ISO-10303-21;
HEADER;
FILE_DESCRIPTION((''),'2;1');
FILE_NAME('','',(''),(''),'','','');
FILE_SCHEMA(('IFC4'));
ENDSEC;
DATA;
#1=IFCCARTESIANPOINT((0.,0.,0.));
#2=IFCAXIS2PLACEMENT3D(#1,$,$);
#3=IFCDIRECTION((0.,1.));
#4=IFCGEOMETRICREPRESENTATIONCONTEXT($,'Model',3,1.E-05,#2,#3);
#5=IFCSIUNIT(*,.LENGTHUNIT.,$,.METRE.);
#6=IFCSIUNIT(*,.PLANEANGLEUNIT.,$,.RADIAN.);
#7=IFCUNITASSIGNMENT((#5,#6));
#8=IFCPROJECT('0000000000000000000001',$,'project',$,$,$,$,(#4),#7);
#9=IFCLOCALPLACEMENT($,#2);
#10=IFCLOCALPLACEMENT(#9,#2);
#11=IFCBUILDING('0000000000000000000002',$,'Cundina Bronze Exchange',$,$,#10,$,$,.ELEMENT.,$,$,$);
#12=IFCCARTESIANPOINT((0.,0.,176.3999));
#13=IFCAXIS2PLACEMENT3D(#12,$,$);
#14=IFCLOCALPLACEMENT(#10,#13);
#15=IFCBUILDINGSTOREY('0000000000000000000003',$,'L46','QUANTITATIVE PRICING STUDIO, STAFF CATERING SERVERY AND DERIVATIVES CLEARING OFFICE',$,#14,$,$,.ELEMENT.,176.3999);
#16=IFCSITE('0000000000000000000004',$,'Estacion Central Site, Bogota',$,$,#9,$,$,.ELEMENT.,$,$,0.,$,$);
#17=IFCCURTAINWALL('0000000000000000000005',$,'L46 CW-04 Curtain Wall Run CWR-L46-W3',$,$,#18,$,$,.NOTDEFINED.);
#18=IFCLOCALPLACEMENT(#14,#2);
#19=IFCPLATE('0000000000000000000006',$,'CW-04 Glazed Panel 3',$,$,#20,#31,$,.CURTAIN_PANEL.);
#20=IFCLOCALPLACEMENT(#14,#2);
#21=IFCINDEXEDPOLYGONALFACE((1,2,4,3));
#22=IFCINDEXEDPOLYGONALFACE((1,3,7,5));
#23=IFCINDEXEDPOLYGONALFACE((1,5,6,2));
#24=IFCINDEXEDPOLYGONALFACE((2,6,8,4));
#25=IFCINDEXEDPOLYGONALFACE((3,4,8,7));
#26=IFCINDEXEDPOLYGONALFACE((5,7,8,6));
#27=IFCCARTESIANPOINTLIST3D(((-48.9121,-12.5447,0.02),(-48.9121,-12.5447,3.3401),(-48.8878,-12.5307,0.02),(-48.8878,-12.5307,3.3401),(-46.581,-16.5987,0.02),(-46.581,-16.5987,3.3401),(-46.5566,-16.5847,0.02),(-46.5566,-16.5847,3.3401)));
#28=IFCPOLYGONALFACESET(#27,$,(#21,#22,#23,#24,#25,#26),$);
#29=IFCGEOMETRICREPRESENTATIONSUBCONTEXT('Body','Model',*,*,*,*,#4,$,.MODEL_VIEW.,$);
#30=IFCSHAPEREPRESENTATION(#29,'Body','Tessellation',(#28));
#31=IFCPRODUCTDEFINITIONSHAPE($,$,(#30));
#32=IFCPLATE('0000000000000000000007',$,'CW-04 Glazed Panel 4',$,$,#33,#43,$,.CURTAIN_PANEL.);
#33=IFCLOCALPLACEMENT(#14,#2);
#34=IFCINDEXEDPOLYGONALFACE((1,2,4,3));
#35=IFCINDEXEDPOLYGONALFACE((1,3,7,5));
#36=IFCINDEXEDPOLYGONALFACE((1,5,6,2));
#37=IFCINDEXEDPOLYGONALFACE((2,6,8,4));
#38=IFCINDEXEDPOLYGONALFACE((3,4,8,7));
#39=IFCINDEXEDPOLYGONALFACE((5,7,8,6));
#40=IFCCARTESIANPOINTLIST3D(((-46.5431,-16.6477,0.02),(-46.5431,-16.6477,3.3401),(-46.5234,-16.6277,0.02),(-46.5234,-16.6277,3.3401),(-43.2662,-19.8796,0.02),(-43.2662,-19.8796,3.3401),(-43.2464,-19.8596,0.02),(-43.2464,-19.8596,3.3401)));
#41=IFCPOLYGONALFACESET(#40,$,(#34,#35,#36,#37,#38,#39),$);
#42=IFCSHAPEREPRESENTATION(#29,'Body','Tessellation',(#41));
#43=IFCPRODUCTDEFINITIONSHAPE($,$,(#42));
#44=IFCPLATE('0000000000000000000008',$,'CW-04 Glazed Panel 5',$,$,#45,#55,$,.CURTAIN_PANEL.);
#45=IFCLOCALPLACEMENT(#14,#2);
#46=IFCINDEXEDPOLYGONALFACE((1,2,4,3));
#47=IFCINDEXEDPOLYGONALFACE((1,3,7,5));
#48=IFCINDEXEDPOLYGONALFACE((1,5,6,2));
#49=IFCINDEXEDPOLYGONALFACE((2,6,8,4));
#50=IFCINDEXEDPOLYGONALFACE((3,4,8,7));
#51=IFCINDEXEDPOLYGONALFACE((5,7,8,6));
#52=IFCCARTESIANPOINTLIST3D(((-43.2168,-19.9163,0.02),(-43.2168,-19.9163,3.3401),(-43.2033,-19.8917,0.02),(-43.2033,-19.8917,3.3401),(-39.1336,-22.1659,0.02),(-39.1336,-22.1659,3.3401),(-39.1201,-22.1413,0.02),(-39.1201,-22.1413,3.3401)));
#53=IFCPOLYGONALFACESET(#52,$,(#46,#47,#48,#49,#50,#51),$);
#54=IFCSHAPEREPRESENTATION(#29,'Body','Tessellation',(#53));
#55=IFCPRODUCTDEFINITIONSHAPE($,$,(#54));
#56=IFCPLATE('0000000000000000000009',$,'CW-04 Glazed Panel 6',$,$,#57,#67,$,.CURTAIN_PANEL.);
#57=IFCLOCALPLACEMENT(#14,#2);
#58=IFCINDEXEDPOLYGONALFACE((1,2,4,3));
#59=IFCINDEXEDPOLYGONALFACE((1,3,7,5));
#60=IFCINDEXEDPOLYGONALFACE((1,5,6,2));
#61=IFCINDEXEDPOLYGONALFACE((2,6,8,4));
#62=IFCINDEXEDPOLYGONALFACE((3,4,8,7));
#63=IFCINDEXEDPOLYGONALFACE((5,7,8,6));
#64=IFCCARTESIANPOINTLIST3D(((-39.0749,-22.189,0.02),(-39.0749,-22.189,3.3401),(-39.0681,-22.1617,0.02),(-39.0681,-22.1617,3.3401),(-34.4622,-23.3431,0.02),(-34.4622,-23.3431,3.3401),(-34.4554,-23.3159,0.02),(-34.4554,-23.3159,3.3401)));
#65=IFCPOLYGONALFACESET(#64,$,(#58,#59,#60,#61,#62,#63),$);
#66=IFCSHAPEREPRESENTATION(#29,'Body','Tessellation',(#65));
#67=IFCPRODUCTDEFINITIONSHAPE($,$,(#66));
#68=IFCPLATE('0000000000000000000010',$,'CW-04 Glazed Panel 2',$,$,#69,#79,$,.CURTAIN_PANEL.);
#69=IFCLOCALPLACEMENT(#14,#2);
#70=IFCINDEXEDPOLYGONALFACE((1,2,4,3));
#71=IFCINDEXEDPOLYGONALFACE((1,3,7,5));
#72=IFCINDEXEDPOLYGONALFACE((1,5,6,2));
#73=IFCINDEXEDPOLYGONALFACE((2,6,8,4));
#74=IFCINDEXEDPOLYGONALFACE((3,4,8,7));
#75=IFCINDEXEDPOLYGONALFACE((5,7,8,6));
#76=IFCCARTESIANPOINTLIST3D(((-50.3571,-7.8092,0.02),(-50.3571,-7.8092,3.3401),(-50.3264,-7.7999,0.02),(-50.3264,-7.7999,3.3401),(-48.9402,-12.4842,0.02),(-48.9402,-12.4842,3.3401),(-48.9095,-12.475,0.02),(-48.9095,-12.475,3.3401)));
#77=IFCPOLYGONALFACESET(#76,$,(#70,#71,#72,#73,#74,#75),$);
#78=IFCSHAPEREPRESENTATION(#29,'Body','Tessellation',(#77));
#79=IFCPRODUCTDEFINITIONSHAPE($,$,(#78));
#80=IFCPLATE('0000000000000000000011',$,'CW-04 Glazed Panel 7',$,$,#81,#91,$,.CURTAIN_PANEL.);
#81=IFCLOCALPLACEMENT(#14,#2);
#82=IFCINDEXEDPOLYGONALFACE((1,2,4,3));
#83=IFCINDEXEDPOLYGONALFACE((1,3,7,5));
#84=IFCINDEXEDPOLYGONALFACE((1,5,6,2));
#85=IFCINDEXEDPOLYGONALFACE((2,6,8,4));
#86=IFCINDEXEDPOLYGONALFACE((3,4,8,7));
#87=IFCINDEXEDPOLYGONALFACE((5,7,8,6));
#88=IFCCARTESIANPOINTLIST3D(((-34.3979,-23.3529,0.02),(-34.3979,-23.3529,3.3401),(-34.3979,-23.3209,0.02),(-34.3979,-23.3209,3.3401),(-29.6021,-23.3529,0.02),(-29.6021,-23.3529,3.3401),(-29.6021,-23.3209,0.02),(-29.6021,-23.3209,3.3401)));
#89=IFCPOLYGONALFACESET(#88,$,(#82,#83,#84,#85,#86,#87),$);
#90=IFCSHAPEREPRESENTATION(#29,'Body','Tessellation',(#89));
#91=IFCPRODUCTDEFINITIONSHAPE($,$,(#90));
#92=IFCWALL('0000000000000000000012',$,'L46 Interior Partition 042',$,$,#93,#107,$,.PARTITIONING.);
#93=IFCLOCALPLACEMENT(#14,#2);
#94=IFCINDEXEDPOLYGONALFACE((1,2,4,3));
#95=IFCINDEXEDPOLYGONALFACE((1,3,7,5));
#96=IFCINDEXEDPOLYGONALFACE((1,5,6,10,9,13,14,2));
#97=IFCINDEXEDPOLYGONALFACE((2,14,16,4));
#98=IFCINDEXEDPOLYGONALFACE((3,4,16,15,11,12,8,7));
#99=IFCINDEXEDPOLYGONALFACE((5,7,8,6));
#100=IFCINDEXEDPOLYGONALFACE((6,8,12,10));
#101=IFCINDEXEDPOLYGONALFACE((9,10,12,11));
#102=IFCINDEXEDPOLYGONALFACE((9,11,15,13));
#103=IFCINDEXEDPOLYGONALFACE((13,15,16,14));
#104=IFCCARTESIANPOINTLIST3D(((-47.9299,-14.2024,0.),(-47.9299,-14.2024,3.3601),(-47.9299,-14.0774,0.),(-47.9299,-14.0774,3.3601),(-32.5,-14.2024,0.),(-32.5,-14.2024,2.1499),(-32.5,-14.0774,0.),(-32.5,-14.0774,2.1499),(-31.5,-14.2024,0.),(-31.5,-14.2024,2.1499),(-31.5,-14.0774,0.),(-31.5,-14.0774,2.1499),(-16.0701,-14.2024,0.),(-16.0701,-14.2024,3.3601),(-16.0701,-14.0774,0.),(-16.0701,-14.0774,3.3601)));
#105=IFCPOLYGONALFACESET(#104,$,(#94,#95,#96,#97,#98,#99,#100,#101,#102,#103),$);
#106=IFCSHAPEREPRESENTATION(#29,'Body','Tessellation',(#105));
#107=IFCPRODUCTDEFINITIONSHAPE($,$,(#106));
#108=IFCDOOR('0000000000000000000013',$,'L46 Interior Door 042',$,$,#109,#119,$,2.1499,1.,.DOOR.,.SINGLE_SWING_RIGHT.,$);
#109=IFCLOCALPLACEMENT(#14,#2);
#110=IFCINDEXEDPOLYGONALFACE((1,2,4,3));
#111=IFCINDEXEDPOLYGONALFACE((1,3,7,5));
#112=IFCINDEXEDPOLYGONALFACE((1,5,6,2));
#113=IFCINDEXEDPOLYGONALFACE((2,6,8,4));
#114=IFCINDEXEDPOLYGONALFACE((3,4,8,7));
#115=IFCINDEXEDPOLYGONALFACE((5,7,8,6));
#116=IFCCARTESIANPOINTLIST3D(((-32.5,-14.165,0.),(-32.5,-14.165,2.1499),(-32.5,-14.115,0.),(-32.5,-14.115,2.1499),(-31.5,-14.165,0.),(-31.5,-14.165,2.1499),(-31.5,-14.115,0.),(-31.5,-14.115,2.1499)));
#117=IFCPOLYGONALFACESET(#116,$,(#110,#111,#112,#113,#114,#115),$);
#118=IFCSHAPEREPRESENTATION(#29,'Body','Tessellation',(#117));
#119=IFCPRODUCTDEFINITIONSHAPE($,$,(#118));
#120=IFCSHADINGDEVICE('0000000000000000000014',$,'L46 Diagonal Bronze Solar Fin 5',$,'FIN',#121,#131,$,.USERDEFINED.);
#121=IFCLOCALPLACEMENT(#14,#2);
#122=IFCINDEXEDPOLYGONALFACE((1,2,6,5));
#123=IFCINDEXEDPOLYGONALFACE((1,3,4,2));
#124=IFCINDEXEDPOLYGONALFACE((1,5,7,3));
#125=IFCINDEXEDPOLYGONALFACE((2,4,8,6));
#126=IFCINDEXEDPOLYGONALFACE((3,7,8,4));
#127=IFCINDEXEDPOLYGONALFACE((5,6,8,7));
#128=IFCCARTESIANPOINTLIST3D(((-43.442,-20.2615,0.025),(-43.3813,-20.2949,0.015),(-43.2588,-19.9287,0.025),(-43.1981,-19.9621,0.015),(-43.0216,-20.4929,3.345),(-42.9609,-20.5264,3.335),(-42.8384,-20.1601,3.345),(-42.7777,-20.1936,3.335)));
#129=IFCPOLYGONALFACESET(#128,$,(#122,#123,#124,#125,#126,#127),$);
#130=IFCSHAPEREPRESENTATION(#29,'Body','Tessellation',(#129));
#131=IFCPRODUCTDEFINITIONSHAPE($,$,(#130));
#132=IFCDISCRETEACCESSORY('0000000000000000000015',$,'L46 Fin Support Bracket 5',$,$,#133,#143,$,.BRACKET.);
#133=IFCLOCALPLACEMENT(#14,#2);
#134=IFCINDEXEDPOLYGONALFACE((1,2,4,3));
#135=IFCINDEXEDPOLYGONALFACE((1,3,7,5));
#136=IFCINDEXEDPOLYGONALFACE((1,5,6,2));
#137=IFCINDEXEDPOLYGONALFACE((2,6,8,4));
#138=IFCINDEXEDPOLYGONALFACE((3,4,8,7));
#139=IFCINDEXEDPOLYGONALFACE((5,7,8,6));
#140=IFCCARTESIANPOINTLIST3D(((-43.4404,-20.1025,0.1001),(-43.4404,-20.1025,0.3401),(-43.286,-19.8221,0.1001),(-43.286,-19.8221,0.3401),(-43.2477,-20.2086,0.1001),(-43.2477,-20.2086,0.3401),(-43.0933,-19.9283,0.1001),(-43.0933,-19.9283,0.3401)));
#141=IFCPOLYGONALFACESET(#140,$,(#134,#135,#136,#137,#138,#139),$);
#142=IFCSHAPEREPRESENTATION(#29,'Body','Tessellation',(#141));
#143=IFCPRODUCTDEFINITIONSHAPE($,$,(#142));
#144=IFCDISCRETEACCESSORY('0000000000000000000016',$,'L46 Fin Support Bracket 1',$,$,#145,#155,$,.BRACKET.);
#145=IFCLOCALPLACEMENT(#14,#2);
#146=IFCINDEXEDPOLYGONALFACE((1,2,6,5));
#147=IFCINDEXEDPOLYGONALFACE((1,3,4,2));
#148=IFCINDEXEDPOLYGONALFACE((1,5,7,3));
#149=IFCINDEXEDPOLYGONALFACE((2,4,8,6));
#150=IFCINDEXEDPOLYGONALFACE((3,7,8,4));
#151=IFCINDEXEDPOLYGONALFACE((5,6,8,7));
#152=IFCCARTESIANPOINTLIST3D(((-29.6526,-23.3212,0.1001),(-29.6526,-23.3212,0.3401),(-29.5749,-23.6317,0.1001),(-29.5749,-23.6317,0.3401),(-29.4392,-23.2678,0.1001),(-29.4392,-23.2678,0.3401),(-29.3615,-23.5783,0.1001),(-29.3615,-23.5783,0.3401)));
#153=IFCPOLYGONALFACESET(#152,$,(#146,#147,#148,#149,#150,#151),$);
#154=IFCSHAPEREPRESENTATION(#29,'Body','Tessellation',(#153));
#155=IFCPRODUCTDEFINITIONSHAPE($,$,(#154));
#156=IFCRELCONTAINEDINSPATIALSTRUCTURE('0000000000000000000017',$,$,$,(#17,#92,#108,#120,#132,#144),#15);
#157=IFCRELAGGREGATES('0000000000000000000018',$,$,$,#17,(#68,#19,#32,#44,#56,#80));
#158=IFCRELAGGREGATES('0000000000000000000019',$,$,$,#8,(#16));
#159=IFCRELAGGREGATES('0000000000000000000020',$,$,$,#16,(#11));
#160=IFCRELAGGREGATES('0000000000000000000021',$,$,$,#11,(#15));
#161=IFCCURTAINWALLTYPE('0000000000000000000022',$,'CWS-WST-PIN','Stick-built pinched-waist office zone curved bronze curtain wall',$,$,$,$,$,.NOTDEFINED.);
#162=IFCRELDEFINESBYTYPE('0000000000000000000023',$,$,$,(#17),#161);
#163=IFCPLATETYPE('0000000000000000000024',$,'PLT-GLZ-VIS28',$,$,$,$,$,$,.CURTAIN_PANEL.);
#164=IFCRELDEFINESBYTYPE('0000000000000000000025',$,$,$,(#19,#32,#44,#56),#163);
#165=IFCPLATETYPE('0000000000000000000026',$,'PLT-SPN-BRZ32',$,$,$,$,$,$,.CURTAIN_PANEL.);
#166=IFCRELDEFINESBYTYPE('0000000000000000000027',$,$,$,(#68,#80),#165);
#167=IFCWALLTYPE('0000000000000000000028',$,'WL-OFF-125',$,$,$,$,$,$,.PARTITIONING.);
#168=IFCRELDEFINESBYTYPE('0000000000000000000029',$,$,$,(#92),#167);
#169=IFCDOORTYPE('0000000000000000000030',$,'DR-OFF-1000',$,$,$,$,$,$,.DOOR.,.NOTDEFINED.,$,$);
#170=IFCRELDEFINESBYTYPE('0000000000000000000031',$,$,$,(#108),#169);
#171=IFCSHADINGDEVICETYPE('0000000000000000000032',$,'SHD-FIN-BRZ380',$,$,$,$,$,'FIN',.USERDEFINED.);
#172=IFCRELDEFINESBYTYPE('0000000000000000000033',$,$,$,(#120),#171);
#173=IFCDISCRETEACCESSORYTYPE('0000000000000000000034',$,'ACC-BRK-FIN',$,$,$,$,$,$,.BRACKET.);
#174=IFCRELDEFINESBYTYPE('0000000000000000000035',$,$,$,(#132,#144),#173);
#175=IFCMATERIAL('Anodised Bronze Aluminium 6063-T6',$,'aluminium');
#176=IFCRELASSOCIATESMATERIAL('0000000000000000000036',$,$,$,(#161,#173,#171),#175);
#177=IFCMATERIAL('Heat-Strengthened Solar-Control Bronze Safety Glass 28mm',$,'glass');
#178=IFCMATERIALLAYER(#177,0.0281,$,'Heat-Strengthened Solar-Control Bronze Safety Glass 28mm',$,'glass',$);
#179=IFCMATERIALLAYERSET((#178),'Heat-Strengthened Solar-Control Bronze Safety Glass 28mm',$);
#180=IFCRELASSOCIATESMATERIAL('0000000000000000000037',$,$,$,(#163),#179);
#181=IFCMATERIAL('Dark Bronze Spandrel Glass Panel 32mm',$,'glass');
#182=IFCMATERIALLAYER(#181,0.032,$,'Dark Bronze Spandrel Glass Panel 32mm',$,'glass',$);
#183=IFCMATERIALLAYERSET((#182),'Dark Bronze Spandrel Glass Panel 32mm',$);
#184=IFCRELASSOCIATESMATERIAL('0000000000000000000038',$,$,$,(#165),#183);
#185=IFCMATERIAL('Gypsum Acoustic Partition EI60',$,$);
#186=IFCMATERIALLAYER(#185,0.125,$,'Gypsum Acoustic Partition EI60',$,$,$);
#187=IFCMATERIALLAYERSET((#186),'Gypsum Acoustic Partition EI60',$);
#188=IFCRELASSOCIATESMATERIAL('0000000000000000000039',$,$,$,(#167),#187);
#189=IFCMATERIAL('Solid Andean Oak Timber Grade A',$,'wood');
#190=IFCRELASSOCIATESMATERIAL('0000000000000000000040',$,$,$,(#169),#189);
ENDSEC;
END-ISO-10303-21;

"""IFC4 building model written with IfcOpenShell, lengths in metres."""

from ifc_helpers import new_model, si_unit, direction, frame, frame_2d, origin, origin_2d, place, context, subcontext, project, spatial, rectangle, extrude, material, layer, layer_set, material_profile, profile_set, type_object, element, fill, aggregate, save


model = new_model("IFC4")

# Units and contexts
model_context = context("Model", 3, precision=1e-05, world=origin(), true_north=direction((0.0, 1.0)))
body_context = subcontext(model_context, "Body", "Model", "MODEL_VIEW")
ifc_project = project(units=[si_unit("LENGTHUNIT", "METRE"), si_unit("PLANEANGLEUNIT", "RADIAN")], contexts=[model_context])

# Site, building, storey
site_placement = place(None, origin())
site = spatial("IfcSite", under=ifc_project, at=site_placement, Name="Estacion Central Site, Bogota", CompositionType="ELEMENT", RefElevation=0.0)
building_placement = place(site_placement, origin())
building = spatial("IfcBuilding", under=site, at=building_placement, Name="Cundina Bronze Exchange", CompositionType="ELEMENT")
storey_placement = place(building_placement, frame((0.0, 0.0, 176.3999)))
storey = spatial("IfcBuildingStorey", under=building, at=storey_placement, Name="L46", Description="QUANTITATIVE PRICING STUDIO, STAFF CATERING SERVERY AND DERIVATIVES CLEARING OFFICE", CompositionType="ELEMENT", Elevation=176.3999)

# Curtain wall
ifc_material_1 = material(Name="Anodised Bronze Aluminium 6063-T6", Category="aluminium")
curtain_wall_type = type_object("IfcCurtainWallType", Name="CWS-WST-PIN", Description="Stick-built pinched-waist office zone curved bronze curtain wall", PredefinedType="NOTDEFINED", material=ifc_material_1)
curtain_wall_1_placement = place(storey_placement, origin())
curtain_wall_1 = element("IfcCurtainWall", 1, at=curtain_wall_1_placement, inside=storey, type_object=curtain_wall_type, Name="L46 CW-04 Curtain Wall Run CWR-L46-W3", PredefinedType="NOTDEFINED")

# Plates
ifc_material_2 = material(Name="Heat-Strengthened Solar-Control Bronze Safety Glass 28mm", Category="glass")
ifc_layer_1 = layer(ifc_material_2, 0.0281, Name="Heat-Strengthened Solar-Control Bronze Safety Glass 28mm", Category="glass")
ifc_layer_set_1 = layer_set([ifc_layer_1], Name="Heat-Strengthened Solar-Control Bronze Safety Glass 28mm")
plate_type_1 = type_object("IfcPlateType", Name="PLT-GLZ-VIS28", PredefinedType="CURTAIN_PANEL", material=ifc_layer_set_1)
plate_1_placement = place(storey_placement, frame((-47.7344, -14.5647, 0.02), z_axis=(0.0, 0.0, 1.0), x_axis=(0.498488, -0.866897, 0.0)))
plate_1 = element("IfcPlate", 2, at=plate_1_placement, type_object=plate_type_1, Name="CW-04 Glazed Panel 3", PredefinedType="CURTAIN_PANEL", context=body_context, shape_type="SweptSolid", body=[
    extrude(rectangle(XDim=4.6765, YDim=0.0281, at=origin_2d()), origin(), (0.0, 0.0, 1.0), 3.3201),
])
plate_2_placement = place(storey_placement, frame((-44.8948, -18.2537, 0.02), z_axis=(0.0, 0.0, 1.0), x_axis=(0.711989, -0.70219, 0.0)))
plate_2 = element("IfcPlate", 3, at=plate_2_placement, type_object=plate_type_1, Name="CW-04 Glazed Panel 4", PredefinedType="CURTAIN_PANEL", context=body_context, shape_type="SweptSolid", body=[
    extrude(rectangle(XDim=4.6025, YDim=0.0281, at=origin_2d()), origin(), (0.0, 0.0, 1.0), 3.3201),
])
plate_3_placement = place(storey_placement, frame((-41.1685, -21.0288, 0.02), z_axis=(0.0, 0.0, 1.0), x_axis=(0.875869, -0.482549, 0.0)))
plate_3 = element("IfcPlate", 4, at=plate_3_placement, type_object=plate_type_1, Name="CW-04 Glazed Panel 5", PredefinedType="CURTAIN_PANEL", context=body_context, shape_type="SweptSolid", body=[
    extrude(rectangle(XDim=4.6619, YDim=0.0281, at=origin_2d()), origin(), (0.0, 0.0, 1.0), 3.3201),
])
plate_4_placement = place(storey_placement, frame((-36.7651, -22.7524, 0.02), z_axis=(0.0, 0.0, 1.0), x_axis=(0.970093, -0.242735, 0.0)))
plate_4 = element("IfcPlate", 5, at=plate_4_placement, type_object=plate_type_1, Name="CW-04 Glazed Panel 6", PredefinedType="CURTAIN_PANEL", context=body_context, shape_type="SweptSolid", body=[
    extrude(rectangle(XDim=4.7549, YDim=0.0281, at=origin_2d()), origin(), (0.0, 0.0, 1.0), 3.3201),
])
ifc_material_3 = material(Name="Dark Bronze Spandrel Glass Panel 32mm", Category="glass")
ifc_layer_2 = layer(ifc_material_3, 0.032, Name="Dark Bronze Spandrel Glass Panel 32mm", Category="glass")
ifc_layer_set_2 = layer_set([ifc_layer_2], Name="Dark Bronze Spandrel Glass Panel 32mm")
plate_type_2 = type_object("IfcPlateType", Name="PLT-SPN-BRZ32", PredefinedType="CURTAIN_PANEL", material=ifc_layer_set_2)
plate_5_placement = place(storey_placement, frame((-49.6333, -10.1421, 0.02), z_axis=(0.0, 0.0, 1.0), x_axis=(0.290051, -0.957011, 0.0)))
plate_5 = element("IfcPlate", 6, at=plate_5_placement, type_object=plate_type_2, Name="CW-04 Glazed Panel 2", PredefinedType="CURTAIN_PANEL", context=body_context, shape_type="SweptSolid", body=[
    extrude(rectangle(XDim=4.885, YDim=0.032, at=origin_2d()), origin(), (0.0, 0.0, 1.0), 3.3201),
])
plate_6_placement = place(storey_placement, frame((-32.0, -23.3369, 0.02), z_axis=(0.0, 0.0, 1.0), x_axis=(1.0, 0.0, 0.0)))
plate_6 = element("IfcPlate", 7, at=plate_6_placement, type_object=plate_type_2, Name="CW-04 Glazed Panel 7", PredefinedType="CURTAIN_PANEL", context=body_context, shape_type="SweptSolid", body=[
    extrude(rectangle(XDim=4.7959, YDim=0.032, at=origin_2d()), origin(), (0.0, 0.0, 1.0), 3.3201),
])
aggregate(curtain_wall_1, [plate_5, plate_1, plate_2, plate_3, plate_4, plate_6])

# Wall, opening, door
ifc_material_4 = material(Name="Gypsum Acoustic Partition EI60")
ifc_layer_3 = layer(ifc_material_4, 0.125, Name="Gypsum Acoustic Partition EI60")
ifc_layer_set_3 = layer_set([ifc_layer_3], Name="Gypsum Acoustic Partition EI60")
wall_type = type_object("IfcWallType", Name="WL-OFF-125", PredefinedType="PARTITIONING", material=ifc_layer_set_3)
wall_placement = place(storey_placement, frame((-47.9299, -14.1399, 0.0), z_axis=(0.0, 0.0, 1.0), x_axis=(1.0, 0.0, 0.0)))
wall = element("IfcWall", 8, at=wall_placement, inside=storey, type_object=wall_type, Name="L46 Interior Partition 042", PredefinedType="PARTITIONING", context=body_context, shape_type="SweptSolid", body=[
    extrude(rectangle(XDim=31.8599, YDim=0.125, at=frame_2d((15.9299, 0.0))), origin(), (0.0, 0.0, 1.0), 3.3601),
])
opening_placement = place(wall_placement, frame((15.4299, 0.0, 0.0)))
opening = element("IfcOpeningElement", 9, at=opening_placement, cuts=wall, PredefinedType="OPENING", context=body_context, shape_type="SweptSolid", body=[
    extrude(rectangle(XDim=1.0, YDim=2.1499, at=frame_2d((0.5, 1.075))), frame((0.0, 0.0725, 0.0), z_axis=(0.0, -1.0, 0.0), x_axis=(1.0, 0.0, 0.0)), (0.0, 0.0, 1.0), 0.145),
])
ifc_material_5 = material(Name="Solid Andean Oak Timber Grade A", Category="wood")
door_type = type_object("IfcDoorType", Name="DR-OFF-1000", OperationType="NOTDEFINED", PredefinedType="DOOR", material=ifc_material_5)
door_placement = place(opening_placement, origin())
door = element("IfcDoor", 10, at=door_placement, inside=storey, type_object=door_type, Name="L46 Interior Door 042", OperationType="SINGLE_SWING_RIGHT", OverallHeight=2.1499, OverallWidth=1.0, PredefinedType="DOOR", context=body_context, shape_type="SweptSolid", body=[
    extrude(rectangle(XDim=1.0, YDim=2.1499, at=frame_2d((0.5, 1.075))), frame((0.0, 0.0249, 0.0), z_axis=(0.0, -1.0, 0.0), x_axis=(1.0, 0.0, 0.0)), (0.0, 0.0, 1.0), 0.05),
])
fill(opening, door)

# Shading device
ifc_material_profile_1 = material_profile(ifc_material_1, rectangle(XDim=0.0701, YDim=0.3799, at=origin_2d()), Name="FIN70X380", Category="aluminium")
ifc_profile_set_1 = profile_set([ifc_material_profile_1], Name="Anodised Bronze Aluminium 6063-T6")
shading_device_type = type_object("IfcShadingDeviceType", Name="SHD-FIN-BRZ380", ElementType="FIN", PredefinedType="USERDEFINED", material=ifc_profile_set_1)
shading_device_placement = place(storey_placement, frame((-43.3201, -20.1118, 0.02), z_axis=(0.125324, -0.068994, 0.989714), x_axis=(-0.867012, 0.47731, 0.143061)))
element("IfcShadingDevice", 11, at=shading_device_placement, inside=storey, type_object=shading_device_type, Name="L46 Diagonal Bronze Solar Fin 5", ObjectType="FIN", PredefinedType="USERDEFINED", context=body_context, shape_type="SweptSolid", body=[
    extrude(rectangle(XDim=0.0701, YDim=0.3799, at=origin_2d()), origin(), (0.0, 0.0, 1.0), 3.3545),
])

# Discrete accessories
discrete_accessory_type = type_object("IfcDiscreteAccessoryType", Name="ACC-BRK-FIN", PredefinedType="BRACKET", material=ifc_material_1)
for number, where, z_axis, x_axis, name in (
    (12, (-43.2668, -20.0154, 0.1001), (0.0, 0.0, 1.0), (0.875869, -0.482549, 0.0), "L46 Fin Support Bracket 5"),
    (13, (-29.5071, -23.4497, 0.1001), (0.0, 0.0, 1.0), (0.970093, 0.242735, 0.0), "L46 Fin Support Bracket 1"),
):
    element("IfcDiscreteAccessory", number, at=place(storey_placement, frame(where, z_axis=z_axis, x_axis=x_axis)), inside=storey, type_object=discrete_accessory_type, Name=name, PredefinedType="BRACKET", context=body_context, shape_type="SweptSolid", body=[
        extrude(rectangle(XDim=0.22, YDim=0.3201, at=origin_2d()), origin(), (0.0, 0.0, 1.0), 0.24),
    ])

save(model, "model.ifc")
